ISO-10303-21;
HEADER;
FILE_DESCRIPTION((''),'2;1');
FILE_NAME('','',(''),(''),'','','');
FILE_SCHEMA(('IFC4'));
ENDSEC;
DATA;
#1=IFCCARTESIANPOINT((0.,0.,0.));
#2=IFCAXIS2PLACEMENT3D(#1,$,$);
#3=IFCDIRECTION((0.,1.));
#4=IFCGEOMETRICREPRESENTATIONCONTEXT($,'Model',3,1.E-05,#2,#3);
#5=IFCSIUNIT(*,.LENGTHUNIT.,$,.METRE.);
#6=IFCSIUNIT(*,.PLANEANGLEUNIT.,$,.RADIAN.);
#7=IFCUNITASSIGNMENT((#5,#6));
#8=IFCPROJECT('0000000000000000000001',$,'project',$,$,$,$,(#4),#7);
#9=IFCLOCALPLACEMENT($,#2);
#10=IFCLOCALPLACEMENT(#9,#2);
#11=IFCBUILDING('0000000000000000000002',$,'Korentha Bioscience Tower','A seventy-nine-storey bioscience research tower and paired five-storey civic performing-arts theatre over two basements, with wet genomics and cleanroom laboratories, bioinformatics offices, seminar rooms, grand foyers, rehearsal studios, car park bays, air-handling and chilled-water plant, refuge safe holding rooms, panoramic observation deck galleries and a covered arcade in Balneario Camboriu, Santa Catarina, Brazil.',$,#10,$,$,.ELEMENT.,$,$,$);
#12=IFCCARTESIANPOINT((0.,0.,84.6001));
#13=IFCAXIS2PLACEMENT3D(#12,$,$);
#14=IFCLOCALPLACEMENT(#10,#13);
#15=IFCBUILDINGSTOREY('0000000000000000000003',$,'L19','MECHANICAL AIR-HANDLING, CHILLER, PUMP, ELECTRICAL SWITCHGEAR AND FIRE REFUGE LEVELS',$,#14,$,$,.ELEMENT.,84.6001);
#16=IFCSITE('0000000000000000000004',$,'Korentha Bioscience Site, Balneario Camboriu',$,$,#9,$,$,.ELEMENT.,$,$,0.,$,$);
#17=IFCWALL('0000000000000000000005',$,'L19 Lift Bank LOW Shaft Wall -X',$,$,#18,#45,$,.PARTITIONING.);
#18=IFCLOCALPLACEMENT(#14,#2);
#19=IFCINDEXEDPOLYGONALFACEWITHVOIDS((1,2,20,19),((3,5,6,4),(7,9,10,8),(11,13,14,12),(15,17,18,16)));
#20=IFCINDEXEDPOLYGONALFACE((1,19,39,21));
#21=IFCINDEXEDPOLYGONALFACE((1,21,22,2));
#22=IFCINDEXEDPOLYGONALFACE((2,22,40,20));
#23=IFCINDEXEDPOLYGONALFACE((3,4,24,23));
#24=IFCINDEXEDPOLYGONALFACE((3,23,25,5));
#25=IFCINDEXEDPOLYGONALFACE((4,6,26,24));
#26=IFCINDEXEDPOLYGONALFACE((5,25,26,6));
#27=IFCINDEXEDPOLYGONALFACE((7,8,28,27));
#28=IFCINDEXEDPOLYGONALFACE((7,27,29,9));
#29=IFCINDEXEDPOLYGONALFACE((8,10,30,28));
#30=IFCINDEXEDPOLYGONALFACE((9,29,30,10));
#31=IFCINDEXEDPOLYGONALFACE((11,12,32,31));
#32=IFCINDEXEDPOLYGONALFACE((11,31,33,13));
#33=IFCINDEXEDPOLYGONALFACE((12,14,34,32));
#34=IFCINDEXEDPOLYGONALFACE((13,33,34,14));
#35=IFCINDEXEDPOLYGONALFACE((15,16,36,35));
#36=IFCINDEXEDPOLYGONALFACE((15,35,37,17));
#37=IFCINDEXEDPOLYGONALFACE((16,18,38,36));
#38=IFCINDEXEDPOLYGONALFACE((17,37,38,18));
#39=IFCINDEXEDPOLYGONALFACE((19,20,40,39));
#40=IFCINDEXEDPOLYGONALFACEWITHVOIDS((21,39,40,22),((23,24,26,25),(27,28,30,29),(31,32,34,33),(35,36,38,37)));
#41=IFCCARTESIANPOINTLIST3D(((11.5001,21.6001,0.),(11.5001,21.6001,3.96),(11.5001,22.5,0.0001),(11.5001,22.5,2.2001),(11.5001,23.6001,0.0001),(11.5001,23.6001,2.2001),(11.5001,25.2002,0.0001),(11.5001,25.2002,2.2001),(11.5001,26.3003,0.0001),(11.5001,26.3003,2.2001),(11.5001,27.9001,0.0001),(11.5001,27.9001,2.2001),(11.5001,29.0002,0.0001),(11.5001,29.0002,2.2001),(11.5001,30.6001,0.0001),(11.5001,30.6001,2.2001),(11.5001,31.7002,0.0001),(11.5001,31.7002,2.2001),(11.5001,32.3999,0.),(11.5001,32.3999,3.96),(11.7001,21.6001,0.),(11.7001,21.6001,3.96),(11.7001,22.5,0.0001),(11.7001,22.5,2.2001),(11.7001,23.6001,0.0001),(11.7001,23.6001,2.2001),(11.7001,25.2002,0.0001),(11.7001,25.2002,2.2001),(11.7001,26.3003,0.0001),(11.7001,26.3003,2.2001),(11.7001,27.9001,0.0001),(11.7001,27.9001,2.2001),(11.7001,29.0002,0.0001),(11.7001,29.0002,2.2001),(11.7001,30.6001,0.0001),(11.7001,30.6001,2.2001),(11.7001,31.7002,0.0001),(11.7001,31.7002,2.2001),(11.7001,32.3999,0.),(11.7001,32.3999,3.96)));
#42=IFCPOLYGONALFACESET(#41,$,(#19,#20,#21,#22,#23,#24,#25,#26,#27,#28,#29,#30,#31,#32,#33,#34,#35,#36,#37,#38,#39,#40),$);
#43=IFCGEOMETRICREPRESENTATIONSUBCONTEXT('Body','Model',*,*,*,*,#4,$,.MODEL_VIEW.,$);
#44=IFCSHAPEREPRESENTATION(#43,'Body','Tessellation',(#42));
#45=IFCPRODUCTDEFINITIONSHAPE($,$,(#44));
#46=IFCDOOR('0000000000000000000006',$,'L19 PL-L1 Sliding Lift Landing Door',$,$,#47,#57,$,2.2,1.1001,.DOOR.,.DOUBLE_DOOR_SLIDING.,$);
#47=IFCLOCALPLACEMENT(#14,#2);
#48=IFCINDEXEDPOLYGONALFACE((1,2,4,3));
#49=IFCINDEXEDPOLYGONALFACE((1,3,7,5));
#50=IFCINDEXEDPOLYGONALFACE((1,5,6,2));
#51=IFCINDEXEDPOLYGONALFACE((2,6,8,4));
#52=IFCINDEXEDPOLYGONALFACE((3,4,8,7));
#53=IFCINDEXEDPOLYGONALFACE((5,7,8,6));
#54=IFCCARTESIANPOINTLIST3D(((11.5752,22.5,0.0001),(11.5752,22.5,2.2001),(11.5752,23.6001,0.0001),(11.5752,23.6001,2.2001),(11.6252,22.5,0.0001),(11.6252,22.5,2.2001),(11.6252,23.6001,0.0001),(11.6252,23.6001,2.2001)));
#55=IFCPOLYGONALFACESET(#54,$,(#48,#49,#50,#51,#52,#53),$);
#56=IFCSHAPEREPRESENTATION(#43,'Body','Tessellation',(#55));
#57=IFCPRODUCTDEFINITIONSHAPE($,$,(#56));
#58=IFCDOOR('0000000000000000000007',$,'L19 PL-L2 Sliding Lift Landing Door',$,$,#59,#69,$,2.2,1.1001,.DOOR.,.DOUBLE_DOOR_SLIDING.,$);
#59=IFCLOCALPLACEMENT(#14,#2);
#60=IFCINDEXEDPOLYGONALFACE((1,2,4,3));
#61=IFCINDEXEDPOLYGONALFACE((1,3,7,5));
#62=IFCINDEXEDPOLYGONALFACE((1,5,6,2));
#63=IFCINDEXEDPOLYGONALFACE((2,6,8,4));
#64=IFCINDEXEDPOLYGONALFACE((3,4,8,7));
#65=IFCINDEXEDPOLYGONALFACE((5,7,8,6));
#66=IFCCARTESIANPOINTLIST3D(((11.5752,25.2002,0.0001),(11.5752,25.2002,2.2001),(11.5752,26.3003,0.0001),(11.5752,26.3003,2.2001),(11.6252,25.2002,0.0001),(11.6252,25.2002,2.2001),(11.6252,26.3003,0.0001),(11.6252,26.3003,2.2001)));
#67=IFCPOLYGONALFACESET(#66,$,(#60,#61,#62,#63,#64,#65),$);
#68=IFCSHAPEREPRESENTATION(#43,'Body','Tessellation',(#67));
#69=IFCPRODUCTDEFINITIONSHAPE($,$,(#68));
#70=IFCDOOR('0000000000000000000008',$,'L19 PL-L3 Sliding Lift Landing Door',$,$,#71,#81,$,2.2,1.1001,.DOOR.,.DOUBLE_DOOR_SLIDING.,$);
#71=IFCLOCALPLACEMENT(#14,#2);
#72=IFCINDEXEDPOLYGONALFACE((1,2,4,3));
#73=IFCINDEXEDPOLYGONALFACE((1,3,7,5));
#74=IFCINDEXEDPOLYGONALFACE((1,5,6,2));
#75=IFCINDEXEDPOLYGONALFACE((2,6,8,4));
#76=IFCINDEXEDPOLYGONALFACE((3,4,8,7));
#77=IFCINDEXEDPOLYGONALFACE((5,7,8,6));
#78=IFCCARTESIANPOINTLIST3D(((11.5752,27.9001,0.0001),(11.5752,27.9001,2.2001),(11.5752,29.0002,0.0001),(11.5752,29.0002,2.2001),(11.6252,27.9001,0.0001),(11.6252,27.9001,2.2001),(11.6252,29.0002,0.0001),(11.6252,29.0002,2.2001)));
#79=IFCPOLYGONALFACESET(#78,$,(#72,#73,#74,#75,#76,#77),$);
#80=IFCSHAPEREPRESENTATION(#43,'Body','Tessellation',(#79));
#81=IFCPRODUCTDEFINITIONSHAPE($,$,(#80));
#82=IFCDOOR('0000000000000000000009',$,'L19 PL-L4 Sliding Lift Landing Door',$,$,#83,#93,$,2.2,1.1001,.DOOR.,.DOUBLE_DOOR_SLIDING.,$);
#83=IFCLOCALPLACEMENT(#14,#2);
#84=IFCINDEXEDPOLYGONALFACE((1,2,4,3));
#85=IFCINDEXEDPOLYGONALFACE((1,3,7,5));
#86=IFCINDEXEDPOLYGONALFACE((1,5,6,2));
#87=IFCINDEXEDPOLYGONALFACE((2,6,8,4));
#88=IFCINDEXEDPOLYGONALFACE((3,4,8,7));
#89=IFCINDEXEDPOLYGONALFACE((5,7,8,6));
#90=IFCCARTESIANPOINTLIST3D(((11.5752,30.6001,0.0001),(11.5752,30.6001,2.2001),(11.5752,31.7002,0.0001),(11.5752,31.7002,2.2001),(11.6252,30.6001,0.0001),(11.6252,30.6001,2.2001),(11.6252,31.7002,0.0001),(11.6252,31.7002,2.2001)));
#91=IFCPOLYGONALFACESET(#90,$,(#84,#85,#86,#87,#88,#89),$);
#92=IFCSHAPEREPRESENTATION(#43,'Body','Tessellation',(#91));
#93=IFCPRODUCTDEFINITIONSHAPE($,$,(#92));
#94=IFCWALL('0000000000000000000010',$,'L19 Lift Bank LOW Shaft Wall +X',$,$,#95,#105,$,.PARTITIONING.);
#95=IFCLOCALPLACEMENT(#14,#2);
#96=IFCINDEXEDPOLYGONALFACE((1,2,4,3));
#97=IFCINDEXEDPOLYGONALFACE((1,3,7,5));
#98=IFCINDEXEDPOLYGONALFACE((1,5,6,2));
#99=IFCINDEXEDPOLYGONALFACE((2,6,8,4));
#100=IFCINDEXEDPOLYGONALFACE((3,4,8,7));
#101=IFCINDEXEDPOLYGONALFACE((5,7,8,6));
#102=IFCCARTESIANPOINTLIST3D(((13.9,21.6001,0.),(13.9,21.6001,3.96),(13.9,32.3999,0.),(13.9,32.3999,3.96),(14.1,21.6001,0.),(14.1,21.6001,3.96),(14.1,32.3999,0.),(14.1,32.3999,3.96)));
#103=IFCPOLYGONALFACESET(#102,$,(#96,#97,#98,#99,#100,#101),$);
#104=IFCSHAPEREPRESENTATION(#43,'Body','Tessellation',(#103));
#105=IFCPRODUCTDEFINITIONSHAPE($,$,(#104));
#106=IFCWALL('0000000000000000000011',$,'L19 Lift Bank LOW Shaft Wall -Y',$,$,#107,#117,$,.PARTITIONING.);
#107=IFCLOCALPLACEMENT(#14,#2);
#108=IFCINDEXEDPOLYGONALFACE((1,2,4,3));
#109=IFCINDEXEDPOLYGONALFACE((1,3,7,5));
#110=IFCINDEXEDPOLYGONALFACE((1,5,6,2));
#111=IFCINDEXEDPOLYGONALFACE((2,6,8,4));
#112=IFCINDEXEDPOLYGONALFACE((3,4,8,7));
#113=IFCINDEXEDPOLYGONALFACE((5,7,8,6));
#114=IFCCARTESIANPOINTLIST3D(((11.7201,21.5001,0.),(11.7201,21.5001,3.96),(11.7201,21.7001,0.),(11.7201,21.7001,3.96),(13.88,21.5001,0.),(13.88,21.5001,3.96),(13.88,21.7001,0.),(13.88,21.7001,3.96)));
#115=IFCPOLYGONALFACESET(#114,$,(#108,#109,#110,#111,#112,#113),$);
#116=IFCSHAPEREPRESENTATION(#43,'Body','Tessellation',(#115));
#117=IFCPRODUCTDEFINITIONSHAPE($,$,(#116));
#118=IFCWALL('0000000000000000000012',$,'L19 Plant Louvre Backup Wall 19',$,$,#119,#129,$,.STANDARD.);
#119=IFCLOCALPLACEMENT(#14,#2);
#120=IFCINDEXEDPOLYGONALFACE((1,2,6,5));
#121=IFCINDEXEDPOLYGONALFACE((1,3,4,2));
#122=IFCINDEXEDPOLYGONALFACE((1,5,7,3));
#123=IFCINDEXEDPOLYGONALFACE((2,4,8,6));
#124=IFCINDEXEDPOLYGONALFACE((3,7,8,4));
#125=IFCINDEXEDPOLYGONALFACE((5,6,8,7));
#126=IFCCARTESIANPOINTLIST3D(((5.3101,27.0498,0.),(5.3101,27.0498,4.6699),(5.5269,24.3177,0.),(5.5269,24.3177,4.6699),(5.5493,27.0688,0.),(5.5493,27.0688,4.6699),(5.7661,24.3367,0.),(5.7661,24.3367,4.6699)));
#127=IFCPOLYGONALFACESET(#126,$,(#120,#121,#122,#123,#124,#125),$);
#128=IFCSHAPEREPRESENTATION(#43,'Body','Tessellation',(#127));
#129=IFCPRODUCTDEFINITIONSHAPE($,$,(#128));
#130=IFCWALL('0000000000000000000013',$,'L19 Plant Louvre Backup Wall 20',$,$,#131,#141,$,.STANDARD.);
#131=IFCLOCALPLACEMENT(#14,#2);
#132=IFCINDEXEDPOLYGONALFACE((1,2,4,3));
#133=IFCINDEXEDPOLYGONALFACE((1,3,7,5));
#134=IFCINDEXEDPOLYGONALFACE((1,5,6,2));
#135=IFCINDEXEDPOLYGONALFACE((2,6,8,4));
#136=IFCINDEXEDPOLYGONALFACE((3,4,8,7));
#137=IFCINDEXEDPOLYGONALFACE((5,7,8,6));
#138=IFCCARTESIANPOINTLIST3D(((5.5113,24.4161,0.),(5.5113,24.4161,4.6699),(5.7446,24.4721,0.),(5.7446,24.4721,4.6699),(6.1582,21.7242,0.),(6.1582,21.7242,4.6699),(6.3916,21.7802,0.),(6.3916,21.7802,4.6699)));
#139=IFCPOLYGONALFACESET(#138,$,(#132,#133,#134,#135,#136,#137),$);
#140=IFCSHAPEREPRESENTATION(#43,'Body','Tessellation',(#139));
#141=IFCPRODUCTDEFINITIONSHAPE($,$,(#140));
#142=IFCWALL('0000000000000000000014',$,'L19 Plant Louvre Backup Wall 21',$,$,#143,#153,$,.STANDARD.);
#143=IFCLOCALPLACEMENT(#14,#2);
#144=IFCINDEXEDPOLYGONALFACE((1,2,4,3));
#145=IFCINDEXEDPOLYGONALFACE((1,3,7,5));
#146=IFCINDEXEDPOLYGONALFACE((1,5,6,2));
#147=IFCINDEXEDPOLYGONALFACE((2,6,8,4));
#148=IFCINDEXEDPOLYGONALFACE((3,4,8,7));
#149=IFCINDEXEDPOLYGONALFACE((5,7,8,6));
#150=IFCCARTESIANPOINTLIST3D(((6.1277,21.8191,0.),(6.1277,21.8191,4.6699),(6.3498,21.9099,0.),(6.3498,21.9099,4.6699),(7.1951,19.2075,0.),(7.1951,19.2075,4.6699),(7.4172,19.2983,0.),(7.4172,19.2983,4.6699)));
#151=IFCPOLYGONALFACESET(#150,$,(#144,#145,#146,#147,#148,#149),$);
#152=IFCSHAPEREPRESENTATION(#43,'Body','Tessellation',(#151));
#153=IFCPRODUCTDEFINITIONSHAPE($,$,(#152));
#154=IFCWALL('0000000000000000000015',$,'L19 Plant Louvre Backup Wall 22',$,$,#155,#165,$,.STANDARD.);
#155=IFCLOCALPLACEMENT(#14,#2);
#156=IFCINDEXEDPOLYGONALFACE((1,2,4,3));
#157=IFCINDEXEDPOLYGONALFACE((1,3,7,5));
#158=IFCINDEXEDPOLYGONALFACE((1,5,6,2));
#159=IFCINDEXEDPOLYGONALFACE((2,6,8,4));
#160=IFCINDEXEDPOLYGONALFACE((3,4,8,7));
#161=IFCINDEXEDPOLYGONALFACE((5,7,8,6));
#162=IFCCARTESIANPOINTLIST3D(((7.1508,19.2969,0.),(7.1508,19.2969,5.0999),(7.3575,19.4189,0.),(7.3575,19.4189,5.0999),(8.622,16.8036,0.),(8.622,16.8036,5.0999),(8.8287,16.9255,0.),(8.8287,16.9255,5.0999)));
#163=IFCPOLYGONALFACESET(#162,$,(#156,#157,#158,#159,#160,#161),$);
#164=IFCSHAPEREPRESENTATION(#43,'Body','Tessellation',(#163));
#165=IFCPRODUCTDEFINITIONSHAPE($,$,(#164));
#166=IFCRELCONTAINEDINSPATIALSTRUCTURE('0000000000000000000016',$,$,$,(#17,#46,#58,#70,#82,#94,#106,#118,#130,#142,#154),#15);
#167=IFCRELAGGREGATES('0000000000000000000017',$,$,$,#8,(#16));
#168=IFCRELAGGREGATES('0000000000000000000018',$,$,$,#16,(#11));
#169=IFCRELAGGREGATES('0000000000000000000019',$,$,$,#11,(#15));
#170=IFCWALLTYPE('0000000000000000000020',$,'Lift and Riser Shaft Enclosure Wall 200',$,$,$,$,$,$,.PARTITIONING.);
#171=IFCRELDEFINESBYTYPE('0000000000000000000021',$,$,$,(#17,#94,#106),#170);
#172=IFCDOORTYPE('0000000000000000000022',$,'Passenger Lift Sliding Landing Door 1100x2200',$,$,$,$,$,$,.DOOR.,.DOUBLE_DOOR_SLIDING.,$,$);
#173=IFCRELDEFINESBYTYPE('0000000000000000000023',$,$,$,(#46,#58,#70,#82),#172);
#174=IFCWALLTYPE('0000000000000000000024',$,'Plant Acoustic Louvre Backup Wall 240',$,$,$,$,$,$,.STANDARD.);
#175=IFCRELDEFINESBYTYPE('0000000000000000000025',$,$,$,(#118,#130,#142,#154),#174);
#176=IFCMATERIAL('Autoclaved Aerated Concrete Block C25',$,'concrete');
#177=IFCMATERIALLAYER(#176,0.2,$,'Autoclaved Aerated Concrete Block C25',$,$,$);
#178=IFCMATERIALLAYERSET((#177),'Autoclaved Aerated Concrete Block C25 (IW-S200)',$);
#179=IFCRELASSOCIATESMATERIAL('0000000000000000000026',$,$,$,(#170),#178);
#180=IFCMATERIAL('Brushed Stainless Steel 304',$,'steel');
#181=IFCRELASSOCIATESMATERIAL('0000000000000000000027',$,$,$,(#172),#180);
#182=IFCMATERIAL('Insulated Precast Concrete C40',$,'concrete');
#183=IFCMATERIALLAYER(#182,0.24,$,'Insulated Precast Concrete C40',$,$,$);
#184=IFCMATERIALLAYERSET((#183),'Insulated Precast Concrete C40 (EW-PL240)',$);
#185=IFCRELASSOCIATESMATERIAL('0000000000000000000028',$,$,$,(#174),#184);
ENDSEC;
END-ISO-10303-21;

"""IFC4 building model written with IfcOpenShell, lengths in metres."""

from ifc_helpers import new_model, si_unit, direction, frame, frame_2d, origin, place, context, subcontext, project, spatial, rectangle, extrude, material, layer, layer_set, type_object, element, fill, save


model = new_model("IFC4")

# Units and contexts
model_context = context("Model", 3, precision=1e-05, world=origin(), true_north=direction((0.0, 1.0)))
body_context = subcontext(model_context, "Body", "Model", "MODEL_VIEW")
ifc_project = project(units=[si_unit("LENGTHUNIT", "METRE"), si_unit("PLANEANGLEUNIT", "RADIAN")], contexts=[model_context])

# Site, building, storey
site_placement = place(None, origin())
site = spatial("IfcSite", under=ifc_project, at=site_placement, Name="Korentha Bioscience Site, Balneario Camboriu", CompositionType="ELEMENT", RefElevation=0.0)
building_placement = place(site_placement, origin())
building = spatial("IfcBuilding", under=site, at=building_placement, Name="Korentha Bioscience Tower", Description="A seventy-nine-storey bioscience research tower and paired five-storey civic performing-arts theatre over two basements, with wet genomics and cleanroom laboratories, bioinformatics offices, seminar rooms, grand foyers, rehearsal studios, car park bays, air-handling and chilled-water plant, refuge safe holding rooms, panoramic observation deck galleries and a covered arcade in Balneario Camboriu, Santa Catarina, Brazil.", CompositionType="ELEMENT")
storey_placement = place(building_placement, frame((0.0, 0.0, 84.6001)))
storey = spatial("IfcBuildingStorey", under=building, at=storey_placement, Name="L19", Description="MECHANICAL AIR-HANDLING, CHILLER, PUMP, ELECTRICAL SWITCHGEAR AND FIRE REFUGE LEVELS", CompositionType="ELEMENT", Elevation=84.6001)

# Wall, openings, doors
ifc_material_1 = material(Name="Autoclaved Aerated Concrete Block C25", Category="concrete")
ifc_layer_1 = layer(ifc_material_1, 0.2, Name="Autoclaved Aerated Concrete Block C25")
ifc_layer_set_1 = layer_set([ifc_layer_1], Name="Autoclaved Aerated Concrete Block C25 (IW-S200)")
wall_type_1 = type_object("IfcWallType", Name="Lift and Riser Shaft Enclosure Wall 200", PredefinedType="PARTITIONING", material=ifc_layer_set_1)
wall_1_placement = place(storey_placement, frame((11.6001, 21.6001, 0.0), z_axis=(0.0, 0.0, 1.0), x_axis=(0.0, 1.0, 0.0)))
wall_1 = element("IfcWall", 1, at=wall_1_placement, inside=storey, type_object=wall_type_1, Name="L19 Lift Bank LOW Shaft Wall -X", PredefinedType="PARTITIONING", context=body_context, shape_type="SweptSolid", body=[
    extrude(rectangle(XDim=10.7998, YDim=0.2, at=frame_2d((5.3999, 0.0))), origin(), (0.0, 0.0, 1.0), 3.96),
])
opening_1_placement = place(wall_1_placement, frame((0.8999, 0.0, 0.0)))
opening_1 = element("IfcOpeningElement", 2, at=opening_1_placement, cuts=wall_1, PredefinedType="OPENING", context=body_context, shape_type="SweptSolid", body=[
    extrude(rectangle(XDim=1.1001, YDim=2.2, at=frame_2d((0.55, 1.1001))), frame((0.0, 0.1147, 0.0), z_axis=(0.0, -1.0, 0.0), x_axis=(1.0, 0.0, 0.0)), (0.0, 0.0, 1.0), 0.2297),
])
opening_2_placement = place(wall_1_placement, frame((3.6001, 0.0, 0.0)))
opening_2 = element("IfcOpeningElement", 3, at=opening_2_placement, cuts=wall_1, PredefinedType="OPENING", context=body_context, shape_type="SweptSolid", body=[
    extrude(rectangle(XDim=1.1001, YDim=2.2, at=frame_2d((0.55, 1.1001))), frame((0.0, 0.1147, 0.0), z_axis=(0.0, -1.0, 0.0), x_axis=(1.0, 0.0, 0.0)), (0.0, 0.0, 1.0), 0.2297),
])
opening_3_placement = place(wall_1_placement, frame((6.3, 0.0, 0.0)))
opening_3 = element("IfcOpeningElement", 4, at=opening_3_placement, cuts=wall_1, PredefinedType="OPENING", context=body_context, shape_type="SweptSolid", body=[
    extrude(rectangle(XDim=1.1001, YDim=2.2, at=frame_2d((0.55, 1.1001))), frame((0.0, 0.1147, 0.0), z_axis=(0.0, -1.0, 0.0), x_axis=(1.0, 0.0, 0.0)), (0.0, 0.0, 1.0), 0.2297),
])
opening_4_placement = place(wall_1_placement, frame((9.0, 0.0, 0.0)))
opening_4 = element("IfcOpeningElement", 5, at=opening_4_placement, cuts=wall_1, PredefinedType="OPENING", context=body_context, shape_type="SweptSolid", body=[
    extrude(rectangle(XDim=1.1001, YDim=2.2, at=frame_2d((0.55, 1.1001))), frame((0.0, 0.1147, 0.0), z_axis=(0.0, -1.0, 0.0), x_axis=(1.0, 0.0, 0.0)), (0.0, 0.0, 1.0), 0.2297),
])
ifc_material_2 = material(Name="Brushed Stainless Steel 304", Category="steel")
door_type = type_object("IfcDoorType", Name="Passenger Lift Sliding Landing Door 1100x2200", OperationType="DOUBLE_DOOR_SLIDING", PredefinedType="DOOR", material=ifc_material_2)
door_1_placement = place(opening_1_placement, origin())
door_1 = element("IfcDoor", 6, at=door_1_placement, inside=storey, type_object=door_type, Name="L19 PL-L1 Sliding Lift Landing Door", OperationType="DOUBLE_DOOR_SLIDING", OverallHeight=2.2, OverallWidth=1.1001, PredefinedType="DOOR", context=body_context, shape_type="SweptSolid", body=[
    extrude(rectangle(XDim=1.1001, YDim=2.2, at=frame_2d((0.55, 1.1001))), frame((0.0, 0.0249, 0.0), z_axis=(0.0, -1.0, 0.0), x_axis=(1.0, 0.0, 0.0)), (0.0, 0.0, 1.0), 0.05),
])
fill(opening_1, door_1)
door_2_placement = place(opening_2_placement, origin())
door_2 = element("IfcDoor", 7, at=door_2_placement, inside=storey, type_object=door_type, Name="L19 PL-L2 Sliding Lift Landing Door", OperationType="DOUBLE_DOOR_SLIDING", OverallHeight=2.2, OverallWidth=1.1001, PredefinedType="DOOR", context=body_context, shape_type="SweptSolid", body=[
    extrude(rectangle(XDim=1.1001, YDim=2.2, at=frame_2d((0.55, 1.1001))), frame((0.0, 0.0249, 0.0), z_axis=(0.0, -1.0, 0.0), x_axis=(1.0, 0.0, 0.0)), (0.0, 0.0, 1.0), 0.05),
])
fill(opening_2, door_2)
door_3_placement = place(opening_3_placement, origin())
door_3 = element("IfcDoor", 8, at=door_3_placement, inside=storey, type_object=door_type, Name="L19 PL-L3 Sliding Lift Landing Door", OperationType="DOUBLE_DOOR_SLIDING", OverallHeight=2.2, OverallWidth=1.1001, PredefinedType="DOOR", context=body_context, shape_type="SweptSolid", body=[
    extrude(rectangle(XDim=1.1001, YDim=2.2, at=frame_2d((0.55, 1.1001))), frame((0.0, 0.0249, 0.0), z_axis=(0.0, -1.0, 0.0), x_axis=(1.0, 0.0, 0.0)), (0.0, 0.0, 1.0), 0.05),
])
fill(opening_3, door_3)
door_4_placement = place(opening_4_placement, origin())
door_4 = element("IfcDoor", 9, at=door_4_placement, inside=storey, type_object=door_type, Name="L19 PL-L4 Sliding Lift Landing Door", OperationType="DOUBLE_DOOR_SLIDING", OverallHeight=2.2, OverallWidth=1.1001, PredefinedType="DOOR", context=body_context, shape_type="SweptSolid", body=[
    extrude(rectangle(XDim=1.1001, YDim=2.2, at=frame_2d((0.55, 1.1001))), frame((0.0, 0.0249, 0.0), z_axis=(0.0, -1.0, 0.0), x_axis=(1.0, 0.0, 0.0)), (0.0, 0.0, 1.0), 0.05),
])
fill(opening_4, door_4)

# Walls
wall_2_placement = place(storey_placement, frame((14.0, 21.6001, 0.0), z_axis=(0.0, 0.0, 1.0), x_axis=(0.0, 1.0, 0.0)))
element("IfcWall", 10, at=wall_2_placement, inside=storey, type_object=wall_type_1, Name="L19 Lift Bank LOW Shaft Wall +X", PredefinedType="PARTITIONING", context=body_context, shape_type="SweptSolid", body=[
    extrude(rectangle(XDim=10.7998, YDim=0.2, at=frame_2d((5.3999, 0.0))), origin(), (0.0, 0.0, 1.0), 3.96),
])
wall_3_placement = place(storey_placement, frame((11.72, 21.6001, 0.0), z_axis=(0.0, 0.0, 1.0), x_axis=(1.0, 0.0, 0.0)))
element("IfcWall", 11, at=wall_3_placement, inside=storey, type_object=wall_type_1, Name="L19 Lift Bank LOW Shaft Wall -Y", PredefinedType="PARTITIONING", context=body_context, shape_type="SweptSolid", body=[
    extrude(rectangle(XDim=2.1599, YDim=0.2, at=frame_2d((1.0801, 0.0))), origin(), (0.0, 0.0, 1.0), 3.96),
])
ifc_material_3 = material(Name="Insulated Precast Concrete C40", Category="concrete")
ifc_layer_2 = layer(ifc_material_3, 0.24, Name="Insulated Precast Concrete C40")
ifc_layer_set_2 = layer_set([ifc_layer_2], Name="Insulated Precast Concrete C40 (EW-PL240)")
wall_type_2 = type_object("IfcWallType", Name="Plant Acoustic Louvre Backup Wall 240", PredefinedType="STANDARD", material=ifc_layer_set_2)
wall_4_placement = place(storey_placement, frame((5.4297, 27.0593, 0.0), z_axis=(0.0, 0.0, 1.0), x_axis=(0.079101, -0.996867, 0.0)))
element("IfcWall", 12, at=wall_4_placement, inside=storey, type_object=wall_type_2, Name="L19 Plant Louvre Backup Wall 19", PredefinedType="STANDARD", context=body_context, shape_type="SweptSolid", body=[
    extrude(rectangle(XDim=2.7407, YDim=0.24, at=frame_2d((1.3704, 0.0))), origin(), (0.0, 0.0, 1.0), 4.6699),
])
wall_5_placement = place(storey_placement, frame((5.6279, 24.4441, 0.0), z_axis=(0.0, 0.0, 1.0), x_axis=(0.233686, -0.972312, 0.0)))
element("IfcWall", 13, at=wall_5_placement, inside=storey, type_object=wall_type_2, Name="L19 Plant Louvre Backup Wall 20", PredefinedType="STANDARD", context=body_context, shape_type="SweptSolid", body=[
    extrude(rectangle(XDim=2.7686, YDim=0.24, at=frame_2d((1.3843, 0.0))), origin(), (0.0, 0.0, 1.0), 4.6699),
])
wall_6_placement = place(storey_placement, frame((6.2388, 21.8645, 0.0), z_axis=(0.0, 0.0, 1.0), x_axis=(0.378333, -0.92567, 0.0)))
element("IfcWall", 14, at=wall_6_placement, inside=storey, type_object=wall_type_2, Name="L19 Plant Louvre Backup Wall 21", PredefinedType="STANDARD", context=body_context, shape_type="SweptSolid", body=[
    extrude(rectangle(XDim=2.8213, YDim=0.24, at=frame_2d((1.4106, 0.0))), origin(), (0.0, 0.0, 1.0), 4.6699),
])
wall_7_placement = place(storey_placement, frame((7.2542, 19.3579, 0.0), z_axis=(0.0, 0.0, 1.0), x_axis=(0.50817, -0.861257, 0.0)))
element("IfcWall", 15, at=wall_7_placement, inside=storey, type_object=wall_type_2, Name="L19 Plant Louvre Backup Wall 22", PredefinedType="STANDARD", context=body_context, shape_type="SweptSolid", body=[
    extrude(rectangle(XDim=2.895, YDim=0.24, at=frame_2d((1.4475, 0.0))), origin(), (0.0, 0.0, 1.0), 5.0999),
])

save(model, "model.ifc")
